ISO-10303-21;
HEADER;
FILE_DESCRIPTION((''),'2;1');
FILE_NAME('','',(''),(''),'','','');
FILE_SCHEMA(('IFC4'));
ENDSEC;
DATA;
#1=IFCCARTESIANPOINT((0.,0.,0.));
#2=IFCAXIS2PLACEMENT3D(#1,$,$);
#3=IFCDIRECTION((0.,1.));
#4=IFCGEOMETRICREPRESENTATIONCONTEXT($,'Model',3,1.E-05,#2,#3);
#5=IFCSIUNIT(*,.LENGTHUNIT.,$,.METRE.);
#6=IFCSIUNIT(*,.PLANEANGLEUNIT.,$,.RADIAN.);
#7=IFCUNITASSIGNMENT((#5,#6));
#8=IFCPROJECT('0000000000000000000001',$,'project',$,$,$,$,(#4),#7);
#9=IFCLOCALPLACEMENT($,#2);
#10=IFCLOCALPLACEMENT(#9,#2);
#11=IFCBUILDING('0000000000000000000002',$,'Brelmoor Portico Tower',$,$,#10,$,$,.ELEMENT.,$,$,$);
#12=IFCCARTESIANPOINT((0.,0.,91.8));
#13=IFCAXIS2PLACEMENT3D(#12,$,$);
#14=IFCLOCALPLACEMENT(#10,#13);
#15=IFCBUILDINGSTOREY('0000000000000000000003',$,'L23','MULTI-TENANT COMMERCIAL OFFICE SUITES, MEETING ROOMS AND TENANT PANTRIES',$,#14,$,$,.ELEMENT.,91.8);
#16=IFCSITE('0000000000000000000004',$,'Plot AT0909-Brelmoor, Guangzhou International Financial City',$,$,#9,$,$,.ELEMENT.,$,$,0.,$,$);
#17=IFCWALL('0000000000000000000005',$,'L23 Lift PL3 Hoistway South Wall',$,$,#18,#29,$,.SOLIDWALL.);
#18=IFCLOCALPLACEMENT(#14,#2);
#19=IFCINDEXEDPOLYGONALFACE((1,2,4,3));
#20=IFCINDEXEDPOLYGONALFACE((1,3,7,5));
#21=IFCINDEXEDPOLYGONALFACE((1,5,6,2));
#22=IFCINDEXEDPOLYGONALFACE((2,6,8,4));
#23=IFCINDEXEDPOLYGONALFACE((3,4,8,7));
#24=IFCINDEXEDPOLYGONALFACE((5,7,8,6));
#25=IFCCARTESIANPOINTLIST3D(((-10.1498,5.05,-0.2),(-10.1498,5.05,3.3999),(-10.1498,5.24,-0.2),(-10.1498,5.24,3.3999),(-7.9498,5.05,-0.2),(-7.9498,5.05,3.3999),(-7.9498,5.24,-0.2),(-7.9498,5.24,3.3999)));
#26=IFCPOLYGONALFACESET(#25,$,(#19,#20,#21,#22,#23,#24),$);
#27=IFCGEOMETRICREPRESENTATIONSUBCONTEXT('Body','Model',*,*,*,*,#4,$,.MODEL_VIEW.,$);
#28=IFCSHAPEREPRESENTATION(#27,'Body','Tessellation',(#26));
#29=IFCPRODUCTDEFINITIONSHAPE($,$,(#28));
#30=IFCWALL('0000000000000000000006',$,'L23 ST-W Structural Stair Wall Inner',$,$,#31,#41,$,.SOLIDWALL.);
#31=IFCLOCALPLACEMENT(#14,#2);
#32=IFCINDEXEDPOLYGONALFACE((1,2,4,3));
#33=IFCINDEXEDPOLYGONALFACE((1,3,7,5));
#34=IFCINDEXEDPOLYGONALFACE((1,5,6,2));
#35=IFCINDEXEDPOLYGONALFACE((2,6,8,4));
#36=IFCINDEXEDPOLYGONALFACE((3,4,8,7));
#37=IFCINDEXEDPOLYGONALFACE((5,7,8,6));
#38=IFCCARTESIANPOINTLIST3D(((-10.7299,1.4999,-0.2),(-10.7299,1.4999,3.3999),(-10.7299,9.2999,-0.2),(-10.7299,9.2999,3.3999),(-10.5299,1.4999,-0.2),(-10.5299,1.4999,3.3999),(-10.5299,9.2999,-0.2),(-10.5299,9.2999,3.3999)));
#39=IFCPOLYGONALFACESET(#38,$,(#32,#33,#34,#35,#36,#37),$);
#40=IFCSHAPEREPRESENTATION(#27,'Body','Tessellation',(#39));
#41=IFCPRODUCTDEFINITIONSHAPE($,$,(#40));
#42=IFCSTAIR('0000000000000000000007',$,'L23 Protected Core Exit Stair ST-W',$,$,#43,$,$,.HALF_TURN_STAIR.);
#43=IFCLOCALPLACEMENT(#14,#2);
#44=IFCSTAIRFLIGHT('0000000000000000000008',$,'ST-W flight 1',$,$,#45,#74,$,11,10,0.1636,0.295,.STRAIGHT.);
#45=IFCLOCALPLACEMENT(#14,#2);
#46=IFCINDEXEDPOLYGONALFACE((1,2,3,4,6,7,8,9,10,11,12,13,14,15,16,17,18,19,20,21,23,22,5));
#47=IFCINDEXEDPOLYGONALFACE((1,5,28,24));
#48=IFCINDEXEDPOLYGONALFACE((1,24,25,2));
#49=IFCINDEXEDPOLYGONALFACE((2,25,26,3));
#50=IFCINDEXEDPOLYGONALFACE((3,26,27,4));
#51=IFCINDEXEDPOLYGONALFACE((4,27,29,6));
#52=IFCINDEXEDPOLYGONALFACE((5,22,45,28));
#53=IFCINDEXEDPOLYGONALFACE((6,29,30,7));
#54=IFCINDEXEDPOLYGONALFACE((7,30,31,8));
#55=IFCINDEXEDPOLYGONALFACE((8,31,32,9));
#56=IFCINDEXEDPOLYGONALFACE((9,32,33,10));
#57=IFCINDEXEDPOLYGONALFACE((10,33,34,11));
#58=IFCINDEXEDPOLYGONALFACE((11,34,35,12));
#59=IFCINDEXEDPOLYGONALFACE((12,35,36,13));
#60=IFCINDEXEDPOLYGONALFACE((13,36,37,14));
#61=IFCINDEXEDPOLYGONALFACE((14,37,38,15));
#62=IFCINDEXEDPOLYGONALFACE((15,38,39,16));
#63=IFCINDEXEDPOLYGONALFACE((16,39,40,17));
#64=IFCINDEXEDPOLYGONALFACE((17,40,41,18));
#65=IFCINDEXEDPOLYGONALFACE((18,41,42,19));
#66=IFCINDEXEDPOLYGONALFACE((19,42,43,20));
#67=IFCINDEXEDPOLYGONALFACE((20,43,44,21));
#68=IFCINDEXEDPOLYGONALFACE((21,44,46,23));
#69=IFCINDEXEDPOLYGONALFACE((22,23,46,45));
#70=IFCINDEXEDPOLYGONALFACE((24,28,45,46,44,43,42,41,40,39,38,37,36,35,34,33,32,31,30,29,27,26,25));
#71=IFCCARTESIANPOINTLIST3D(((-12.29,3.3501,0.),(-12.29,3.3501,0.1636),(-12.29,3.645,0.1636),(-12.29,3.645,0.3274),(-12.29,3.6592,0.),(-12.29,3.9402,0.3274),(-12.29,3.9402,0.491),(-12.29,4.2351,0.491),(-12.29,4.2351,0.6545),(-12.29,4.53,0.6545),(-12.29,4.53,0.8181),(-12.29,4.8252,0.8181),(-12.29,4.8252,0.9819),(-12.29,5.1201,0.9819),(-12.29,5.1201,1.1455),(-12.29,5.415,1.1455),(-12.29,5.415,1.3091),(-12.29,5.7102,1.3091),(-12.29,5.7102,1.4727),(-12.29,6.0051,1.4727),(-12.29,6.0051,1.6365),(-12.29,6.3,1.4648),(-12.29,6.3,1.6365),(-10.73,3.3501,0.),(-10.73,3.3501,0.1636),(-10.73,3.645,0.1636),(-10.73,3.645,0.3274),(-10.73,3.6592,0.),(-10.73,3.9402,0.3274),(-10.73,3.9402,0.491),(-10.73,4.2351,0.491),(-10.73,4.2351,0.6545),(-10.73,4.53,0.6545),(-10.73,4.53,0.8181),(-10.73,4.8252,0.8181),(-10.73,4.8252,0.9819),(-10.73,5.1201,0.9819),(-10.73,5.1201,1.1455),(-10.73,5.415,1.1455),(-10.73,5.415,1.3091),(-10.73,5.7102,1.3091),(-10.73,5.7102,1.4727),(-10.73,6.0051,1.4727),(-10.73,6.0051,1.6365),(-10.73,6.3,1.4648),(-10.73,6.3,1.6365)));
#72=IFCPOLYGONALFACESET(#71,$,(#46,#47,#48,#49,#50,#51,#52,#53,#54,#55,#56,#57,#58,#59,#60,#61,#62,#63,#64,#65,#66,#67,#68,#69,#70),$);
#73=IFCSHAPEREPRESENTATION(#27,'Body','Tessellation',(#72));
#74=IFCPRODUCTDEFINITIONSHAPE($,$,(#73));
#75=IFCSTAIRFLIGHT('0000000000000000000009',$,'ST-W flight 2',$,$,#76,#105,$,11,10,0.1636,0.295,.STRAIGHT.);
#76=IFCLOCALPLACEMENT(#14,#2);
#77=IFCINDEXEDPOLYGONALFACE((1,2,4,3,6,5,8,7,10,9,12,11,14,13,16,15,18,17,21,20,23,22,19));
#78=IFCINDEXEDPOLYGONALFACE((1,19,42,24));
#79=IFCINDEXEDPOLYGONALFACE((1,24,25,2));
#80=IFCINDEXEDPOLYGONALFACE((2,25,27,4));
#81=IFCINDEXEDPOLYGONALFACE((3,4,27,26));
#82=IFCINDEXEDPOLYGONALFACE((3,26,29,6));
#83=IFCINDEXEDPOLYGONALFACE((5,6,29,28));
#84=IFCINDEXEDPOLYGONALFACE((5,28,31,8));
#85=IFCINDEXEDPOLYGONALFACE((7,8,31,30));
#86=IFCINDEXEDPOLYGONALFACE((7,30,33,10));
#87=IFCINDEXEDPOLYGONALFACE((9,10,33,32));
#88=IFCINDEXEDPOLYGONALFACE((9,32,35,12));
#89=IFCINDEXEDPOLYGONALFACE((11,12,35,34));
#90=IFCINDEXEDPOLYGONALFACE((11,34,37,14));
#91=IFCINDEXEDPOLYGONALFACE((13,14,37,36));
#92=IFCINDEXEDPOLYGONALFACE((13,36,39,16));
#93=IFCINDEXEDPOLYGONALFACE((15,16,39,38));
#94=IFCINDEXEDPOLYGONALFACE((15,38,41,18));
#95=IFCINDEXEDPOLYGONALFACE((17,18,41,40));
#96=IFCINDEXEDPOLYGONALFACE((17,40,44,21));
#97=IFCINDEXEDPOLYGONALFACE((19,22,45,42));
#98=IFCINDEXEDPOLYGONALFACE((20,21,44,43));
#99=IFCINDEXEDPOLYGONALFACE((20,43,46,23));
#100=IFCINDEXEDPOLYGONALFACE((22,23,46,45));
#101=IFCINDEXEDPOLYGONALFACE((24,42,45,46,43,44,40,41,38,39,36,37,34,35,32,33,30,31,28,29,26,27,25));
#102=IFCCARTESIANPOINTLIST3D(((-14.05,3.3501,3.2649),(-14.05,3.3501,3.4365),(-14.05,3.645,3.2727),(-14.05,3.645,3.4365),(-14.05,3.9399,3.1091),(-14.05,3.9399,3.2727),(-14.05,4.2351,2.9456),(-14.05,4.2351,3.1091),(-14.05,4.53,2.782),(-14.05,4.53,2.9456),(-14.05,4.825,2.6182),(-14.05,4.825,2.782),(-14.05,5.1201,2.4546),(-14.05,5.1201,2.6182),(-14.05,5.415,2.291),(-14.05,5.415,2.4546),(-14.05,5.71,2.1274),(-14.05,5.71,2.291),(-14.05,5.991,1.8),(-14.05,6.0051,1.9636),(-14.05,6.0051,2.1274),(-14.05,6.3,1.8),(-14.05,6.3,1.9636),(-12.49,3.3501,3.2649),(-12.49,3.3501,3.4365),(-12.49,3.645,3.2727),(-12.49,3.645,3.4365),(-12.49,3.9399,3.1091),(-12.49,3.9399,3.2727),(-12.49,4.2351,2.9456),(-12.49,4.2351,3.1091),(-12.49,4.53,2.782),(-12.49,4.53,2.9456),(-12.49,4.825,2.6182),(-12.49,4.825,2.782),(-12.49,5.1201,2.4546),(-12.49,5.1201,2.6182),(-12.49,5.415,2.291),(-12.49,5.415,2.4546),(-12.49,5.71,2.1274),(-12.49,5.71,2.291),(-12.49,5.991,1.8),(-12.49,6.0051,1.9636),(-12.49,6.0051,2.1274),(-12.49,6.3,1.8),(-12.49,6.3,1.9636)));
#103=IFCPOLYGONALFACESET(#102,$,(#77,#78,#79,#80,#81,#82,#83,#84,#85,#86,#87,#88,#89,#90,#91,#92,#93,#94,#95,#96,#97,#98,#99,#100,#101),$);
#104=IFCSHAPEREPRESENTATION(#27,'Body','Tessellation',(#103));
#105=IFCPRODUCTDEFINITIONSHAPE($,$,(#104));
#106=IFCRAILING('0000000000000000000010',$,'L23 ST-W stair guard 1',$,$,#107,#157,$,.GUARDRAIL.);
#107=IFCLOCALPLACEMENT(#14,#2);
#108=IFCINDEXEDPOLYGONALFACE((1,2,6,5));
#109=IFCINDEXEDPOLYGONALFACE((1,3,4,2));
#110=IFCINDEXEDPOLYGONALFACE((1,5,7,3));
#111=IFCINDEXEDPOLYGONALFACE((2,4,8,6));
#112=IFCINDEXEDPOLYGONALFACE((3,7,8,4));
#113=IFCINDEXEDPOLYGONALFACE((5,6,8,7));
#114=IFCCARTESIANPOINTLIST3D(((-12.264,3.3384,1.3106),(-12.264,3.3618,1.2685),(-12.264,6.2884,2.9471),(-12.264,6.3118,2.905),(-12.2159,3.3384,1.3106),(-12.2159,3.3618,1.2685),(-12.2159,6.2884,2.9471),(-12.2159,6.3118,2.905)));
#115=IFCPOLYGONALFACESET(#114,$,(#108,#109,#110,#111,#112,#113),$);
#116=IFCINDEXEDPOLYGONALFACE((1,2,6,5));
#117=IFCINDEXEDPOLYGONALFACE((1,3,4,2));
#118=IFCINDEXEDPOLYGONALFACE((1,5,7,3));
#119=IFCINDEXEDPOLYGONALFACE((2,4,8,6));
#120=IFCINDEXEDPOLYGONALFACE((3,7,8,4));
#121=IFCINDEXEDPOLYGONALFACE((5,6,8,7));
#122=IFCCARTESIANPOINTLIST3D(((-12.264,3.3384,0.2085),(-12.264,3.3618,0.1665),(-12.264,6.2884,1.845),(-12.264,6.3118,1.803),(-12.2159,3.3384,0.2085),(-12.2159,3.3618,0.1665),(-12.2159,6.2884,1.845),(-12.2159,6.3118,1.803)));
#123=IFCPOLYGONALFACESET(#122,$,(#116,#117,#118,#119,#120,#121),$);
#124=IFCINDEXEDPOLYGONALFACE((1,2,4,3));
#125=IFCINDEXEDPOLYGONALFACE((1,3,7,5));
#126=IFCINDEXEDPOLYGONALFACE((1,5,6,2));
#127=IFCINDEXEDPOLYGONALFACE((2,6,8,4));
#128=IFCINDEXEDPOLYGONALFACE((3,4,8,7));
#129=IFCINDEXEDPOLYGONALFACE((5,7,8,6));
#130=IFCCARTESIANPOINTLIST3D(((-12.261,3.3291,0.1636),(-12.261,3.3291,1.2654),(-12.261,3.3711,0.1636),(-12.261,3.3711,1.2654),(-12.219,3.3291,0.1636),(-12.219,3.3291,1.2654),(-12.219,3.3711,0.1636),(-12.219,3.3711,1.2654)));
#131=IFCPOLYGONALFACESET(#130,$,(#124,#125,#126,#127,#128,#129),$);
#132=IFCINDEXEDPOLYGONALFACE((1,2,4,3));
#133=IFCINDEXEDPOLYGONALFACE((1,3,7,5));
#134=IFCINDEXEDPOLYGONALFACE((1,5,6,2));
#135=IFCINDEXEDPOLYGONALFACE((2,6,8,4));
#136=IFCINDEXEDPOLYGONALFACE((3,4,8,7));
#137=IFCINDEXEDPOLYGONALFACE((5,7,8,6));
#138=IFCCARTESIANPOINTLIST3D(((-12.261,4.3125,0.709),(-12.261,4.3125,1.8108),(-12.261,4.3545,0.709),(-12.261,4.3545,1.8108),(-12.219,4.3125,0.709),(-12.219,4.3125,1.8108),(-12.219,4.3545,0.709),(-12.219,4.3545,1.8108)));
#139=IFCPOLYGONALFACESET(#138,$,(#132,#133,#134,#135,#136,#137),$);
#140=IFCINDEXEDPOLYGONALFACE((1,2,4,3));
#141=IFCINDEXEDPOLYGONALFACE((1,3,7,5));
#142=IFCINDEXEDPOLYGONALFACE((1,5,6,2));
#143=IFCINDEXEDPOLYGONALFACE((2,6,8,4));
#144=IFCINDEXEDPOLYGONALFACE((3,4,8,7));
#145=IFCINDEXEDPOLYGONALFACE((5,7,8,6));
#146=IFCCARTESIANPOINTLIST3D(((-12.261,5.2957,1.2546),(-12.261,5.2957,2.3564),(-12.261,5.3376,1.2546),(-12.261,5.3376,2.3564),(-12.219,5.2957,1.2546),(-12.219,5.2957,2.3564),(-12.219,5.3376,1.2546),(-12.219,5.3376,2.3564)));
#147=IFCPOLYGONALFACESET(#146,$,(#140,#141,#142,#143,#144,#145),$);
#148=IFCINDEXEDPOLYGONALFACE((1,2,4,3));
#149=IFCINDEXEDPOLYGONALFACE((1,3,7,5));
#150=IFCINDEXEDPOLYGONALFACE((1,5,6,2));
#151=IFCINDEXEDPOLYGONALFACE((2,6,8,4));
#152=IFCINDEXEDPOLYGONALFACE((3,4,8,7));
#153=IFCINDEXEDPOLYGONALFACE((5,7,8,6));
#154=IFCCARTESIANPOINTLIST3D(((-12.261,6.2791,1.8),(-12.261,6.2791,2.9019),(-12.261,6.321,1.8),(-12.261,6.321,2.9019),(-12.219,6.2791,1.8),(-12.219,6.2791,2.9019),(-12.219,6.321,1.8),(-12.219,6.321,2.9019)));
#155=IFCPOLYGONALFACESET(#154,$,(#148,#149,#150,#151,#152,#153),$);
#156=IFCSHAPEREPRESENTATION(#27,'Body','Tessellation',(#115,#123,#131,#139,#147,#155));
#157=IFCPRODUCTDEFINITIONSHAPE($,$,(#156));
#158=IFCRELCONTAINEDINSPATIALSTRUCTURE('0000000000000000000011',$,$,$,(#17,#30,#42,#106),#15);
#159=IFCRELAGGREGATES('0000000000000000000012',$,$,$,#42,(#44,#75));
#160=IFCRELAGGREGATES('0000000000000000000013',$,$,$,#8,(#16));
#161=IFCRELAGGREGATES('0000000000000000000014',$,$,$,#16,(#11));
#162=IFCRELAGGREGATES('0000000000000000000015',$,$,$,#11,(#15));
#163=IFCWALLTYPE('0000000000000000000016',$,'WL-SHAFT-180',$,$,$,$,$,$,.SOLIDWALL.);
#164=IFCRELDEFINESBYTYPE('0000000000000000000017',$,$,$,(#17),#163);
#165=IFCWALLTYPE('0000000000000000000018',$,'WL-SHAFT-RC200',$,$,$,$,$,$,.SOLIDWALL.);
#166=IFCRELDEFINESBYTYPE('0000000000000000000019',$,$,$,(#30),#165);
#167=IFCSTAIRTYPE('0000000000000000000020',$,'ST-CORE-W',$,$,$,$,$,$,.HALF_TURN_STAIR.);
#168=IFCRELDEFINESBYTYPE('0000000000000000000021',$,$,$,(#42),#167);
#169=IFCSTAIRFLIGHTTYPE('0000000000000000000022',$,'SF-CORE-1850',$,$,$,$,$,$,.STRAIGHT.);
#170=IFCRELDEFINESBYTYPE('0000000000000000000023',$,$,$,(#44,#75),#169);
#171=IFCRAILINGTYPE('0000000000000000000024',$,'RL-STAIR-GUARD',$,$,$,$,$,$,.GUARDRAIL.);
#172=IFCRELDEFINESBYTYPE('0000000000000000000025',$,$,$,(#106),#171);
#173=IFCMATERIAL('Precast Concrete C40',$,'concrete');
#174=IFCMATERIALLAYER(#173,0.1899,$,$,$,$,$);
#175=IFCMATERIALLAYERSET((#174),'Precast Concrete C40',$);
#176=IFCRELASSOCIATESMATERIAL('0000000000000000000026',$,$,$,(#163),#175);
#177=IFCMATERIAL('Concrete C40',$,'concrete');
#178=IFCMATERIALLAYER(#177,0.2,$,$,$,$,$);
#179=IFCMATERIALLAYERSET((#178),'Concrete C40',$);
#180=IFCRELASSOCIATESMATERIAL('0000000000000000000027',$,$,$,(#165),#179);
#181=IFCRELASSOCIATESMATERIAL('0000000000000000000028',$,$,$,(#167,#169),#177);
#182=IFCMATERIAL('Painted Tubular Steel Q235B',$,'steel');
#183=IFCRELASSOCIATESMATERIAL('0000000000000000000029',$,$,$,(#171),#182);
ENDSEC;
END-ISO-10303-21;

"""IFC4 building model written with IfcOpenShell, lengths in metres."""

from ifc_helpers import new_model, si_unit, direction, frame, frame_2d, origin, origin_2d, place, context, subcontext, project, spatial, polyline, rectangle, outline, extrude, material, layer, layer_set, type_object, element, aggregate, save


model = new_model("IFC4")

# Units and contexts
model_context = context("Model", 3, precision=1e-05, world=origin(), true_north=direction((0.0, 1.0)))
body_context = subcontext(model_context, "Body", "Model", "MODEL_VIEW")
ifc_project = project(units=[si_unit("LENGTHUNIT", "METRE"), si_unit("PLANEANGLEUNIT", "RADIAN")], contexts=[model_context])

# Site, building, storey
site_placement = place(None, origin())
site = spatial("IfcSite", under=ifc_project, at=site_placement, Name="Plot AT0909-Brelmoor, Guangzhou International Financial City", CompositionType="ELEMENT", RefElevation=0.0)
building_placement = place(site_placement, origin())
building = spatial("IfcBuilding", under=site, at=building_placement, Name="Brelmoor Portico Tower", CompositionType="ELEMENT")
storey_placement = place(building_placement, frame((0.0, 0.0, 91.8)))
storey = spatial("IfcBuildingStorey", under=building, at=storey_placement, Name="L23", Description="MULTI-TENANT COMMERCIAL OFFICE SUITES, MEETING ROOMS AND TENANT PANTRIES", CompositionType="ELEMENT", Elevation=91.8)

# Shared definitions
ifc_material_1 = material(Name="Concrete C40", Category="concrete")

# Walls
ifc_material_2 = material(Name="Precast Concrete C40", Category="concrete")
ifc_layer_1 = layer(ifc_material_2, 0.1899)
ifc_layer_set_1 = layer_set([ifc_layer_1], Name="Precast Concrete C40")
wall_type_1 = type_object("IfcWallType", Name="WL-SHAFT-180", PredefinedType="SOLIDWALL", material=ifc_layer_set_1)
wall_1_placement = place(storey_placement, frame((-10.1499, 5.145, -0.2), z_axis=(0.0, 0.0, 1.0), x_axis=(1.0, 0.0, 0.0)))
element("IfcWall", 1, at=wall_1_placement, inside=storey, type_object=wall_type_1, Name="L23 Lift PL3 Hoistway South Wall", PredefinedType="SOLIDWALL", context=body_context, shape_type="SweptSolid", body=[
    extrude(rectangle(XDim=2.2, YDim=0.1899, at=frame_2d((1.1001, 0.0))), origin(), (0.0, 0.0, 1.0), 3.5999),
])
ifc_layer_2 = layer(ifc_material_1, 0.2)
ifc_layer_set_2 = layer_set([ifc_layer_2], Name="Concrete C40")
wall_type_2 = type_object("IfcWallType", Name="WL-SHAFT-RC200", PredefinedType="SOLIDWALL", material=ifc_layer_set_2)
wall_2_placement = place(storey_placement, frame((-10.6299, 1.5, -0.2), z_axis=(0.0, 0.0, 1.0), x_axis=(0.0, 1.0, 0.0)))
element("IfcWall", 2, at=wall_2_placement, inside=storey, type_object=wall_type_2, Name="L23 ST-W Structural Stair Wall Inner", PredefinedType="SOLIDWALL", context=body_context, shape_type="SweptSolid", body=[
    extrude(rectangle(XDim=7.8, YDim=0.2, at=frame_2d((3.8999, 0.0))), origin(), (0.0, 0.0, 1.0), 3.5999),
])

# Stair, stair flights
stair_type = type_object("IfcStairType", Name="ST-CORE-W", PredefinedType="HALF_TURN_STAIR", material=ifc_material_1)
stair_placement = place(storey_placement, origin())
stair = element("IfcStair", 3, at=stair_placement, inside=storey, type_object=stair_type, Name="L23 Protected Core Exit Stair ST-W", PredefinedType="HALF_TURN_STAIR")
stair_flight_type = type_object("IfcStairFlightType", Name="SF-CORE-1850", PredefinedType="STRAIGHT", material=ifc_material_1)
stair_flight_1_placement = place(storey_placement, frame((-11.51, 3.3501, 0.0), z_axis=(0.0, 0.0, 1.0), x_axis=(0.0, 1.0, 0.0)))
stair_flight_1 = element("IfcStairFlight", 4, at=stair_flight_1_placement, type_object=stair_flight_type, Name="ST-W flight 1", NumberOfRisers=11, NumberOfTreads=10, PredefinedType="STRAIGHT", RiserHeight=0.1636, TreadLength=0.295, context=body_context, shape_type="SweptSolid", body=[
    extrude(outline(polyline([(0.0, 0.0), (0.0, 0.1636), (0.2949, 0.1636), (0.2949, 0.3274), (0.5901, 0.3274), (0.5901, 0.491), (0.885, 0.491), (0.885, 0.6545), (1.1799, 0.6545), (1.1799, 0.8181), (1.4751, 0.8181), (1.4751, 0.9819), (1.77, 0.9819), (1.77, 1.1455), (2.0649, 1.1455), (2.0649, 1.3091), (2.3601, 1.3091), (2.3601, 1.4727), (2.655, 1.4727), (2.655, 1.6365), (2.95, 1.6365), (2.95, 1.8), (2.95, 1.4648), (0.3091, 0.0), (0.0, 0.0)])), frame((0.0, 0.78, 0.0), z_axis=(0.0, -1.0, 0.0), x_axis=(1.0, 0.0, 0.0)), (0.0, 0.0, 1.0), 1.5601),
])
stair_flight_2_placement = place(storey_placement, frame((-13.27, 6.3, 1.8), z_axis=(0.0, 0.0, 1.0), x_axis=(0.0, -1.0, 0.0)))
stair_flight_2 = element("IfcStairFlight", 5, at=stair_flight_2_placement, type_object=stair_flight_type, Name="ST-W flight 2", NumberOfRisers=11, NumberOfTreads=10, PredefinedType="STRAIGHT", RiserHeight=0.1636, TreadLength=0.295, context=body_context, shape_type="SweptSolid", body=[
    extrude(outline(polyline([(0.0, 0.0), (0.0, 0.1636), (0.2949, 0.1636), (0.2949, 0.3274), (0.5901, 0.3274), (0.5901, 0.491), (0.885, 0.491), (0.885, 0.6545), (1.1799, 0.6545), (1.1799, 0.8181), (1.4751, 0.8181), (1.4751, 0.9819), (1.77, 0.9819), (1.77, 1.1455), (2.0649, 1.1455), (2.0649, 1.3091), (2.3601, 1.3091), (2.3601, 1.4727), (2.655, 1.4727), (2.655, 1.6365), (2.95, 1.6365), (2.95, 1.8), (2.95, 1.4648), (0.3091, 0.0), (0.0, 0.0)])), frame((0.0, 0.78, 0.0), z_axis=(0.0, -1.0, 0.0), x_axis=(1.0, 0.0, 0.0)), (0.0, 0.0, 1.0), 1.5601),
])
aggregate(stair, [stair_flight_1, stair_flight_2])

# Railing
ifc_material_3 = material(Name="Painted Tubular Steel Q235B", Category="steel")
railing_type_1 = type_object("IfcRailingType", Name="RL-STAIR-GUARD", PredefinedType="GUARDRAIL", material=ifc_material_3)
railing_1_placement = place(storey_placement, frame((-12.24, 3.3501, 0.1636)))
element("IfcRailing", 6, at=railing_1_placement, inside=storey, type_object=railing_type_1, Name="L23 ST-W stair guard 1", PredefinedType="GUARDRAIL", context=body_context, shape_type="SweptSolid", body=[
    extrude(rectangle(XDim=0.0481, YDim=0.0481, at=origin_2d()), frame((0.0, 0.0, 1.126), z_axis=(0.0, 0.874458, 0.485102), x_axis=(-1.0, 0.0, 0.0)), (0.0, 0.0, 1.0), 3.3735),
    extrude(rectangle(XDim=0.0481, YDim=0.0481, at=origin_2d()), frame((0.0, 0.0, 0.0239), z_axis=(0.0, 0.874458, 0.485102), x_axis=(-1.0, 0.0, 0.0)), (0.0, 0.0, 1.0), 3.3735),
    extrude(rectangle(XDim=0.042, YDim=0.042, at=origin_2d()), origin(), (0.0, 0.0, 1.0), 1.1018),
    extrude(rectangle(XDim=0.042, YDim=0.042, at=origin_2d()), frame((0.0, 0.9834, 0.5454)), (0.0, 0.0, 1.0), 1.1018),
    extrude(rectangle(XDim=0.042, YDim=0.042, at=origin_2d()), frame((0.0, 1.9666, 1.0911)), (0.0, 0.0, 1.0), 1.1018),
    extrude(rectangle(XDim=0.042, YDim=0.042, at=origin_2d()), frame((0.0, 2.95, 1.6365)), (0.0, 0.0, 1.0), 1.1018),
])

save(model, "model.ifc")
